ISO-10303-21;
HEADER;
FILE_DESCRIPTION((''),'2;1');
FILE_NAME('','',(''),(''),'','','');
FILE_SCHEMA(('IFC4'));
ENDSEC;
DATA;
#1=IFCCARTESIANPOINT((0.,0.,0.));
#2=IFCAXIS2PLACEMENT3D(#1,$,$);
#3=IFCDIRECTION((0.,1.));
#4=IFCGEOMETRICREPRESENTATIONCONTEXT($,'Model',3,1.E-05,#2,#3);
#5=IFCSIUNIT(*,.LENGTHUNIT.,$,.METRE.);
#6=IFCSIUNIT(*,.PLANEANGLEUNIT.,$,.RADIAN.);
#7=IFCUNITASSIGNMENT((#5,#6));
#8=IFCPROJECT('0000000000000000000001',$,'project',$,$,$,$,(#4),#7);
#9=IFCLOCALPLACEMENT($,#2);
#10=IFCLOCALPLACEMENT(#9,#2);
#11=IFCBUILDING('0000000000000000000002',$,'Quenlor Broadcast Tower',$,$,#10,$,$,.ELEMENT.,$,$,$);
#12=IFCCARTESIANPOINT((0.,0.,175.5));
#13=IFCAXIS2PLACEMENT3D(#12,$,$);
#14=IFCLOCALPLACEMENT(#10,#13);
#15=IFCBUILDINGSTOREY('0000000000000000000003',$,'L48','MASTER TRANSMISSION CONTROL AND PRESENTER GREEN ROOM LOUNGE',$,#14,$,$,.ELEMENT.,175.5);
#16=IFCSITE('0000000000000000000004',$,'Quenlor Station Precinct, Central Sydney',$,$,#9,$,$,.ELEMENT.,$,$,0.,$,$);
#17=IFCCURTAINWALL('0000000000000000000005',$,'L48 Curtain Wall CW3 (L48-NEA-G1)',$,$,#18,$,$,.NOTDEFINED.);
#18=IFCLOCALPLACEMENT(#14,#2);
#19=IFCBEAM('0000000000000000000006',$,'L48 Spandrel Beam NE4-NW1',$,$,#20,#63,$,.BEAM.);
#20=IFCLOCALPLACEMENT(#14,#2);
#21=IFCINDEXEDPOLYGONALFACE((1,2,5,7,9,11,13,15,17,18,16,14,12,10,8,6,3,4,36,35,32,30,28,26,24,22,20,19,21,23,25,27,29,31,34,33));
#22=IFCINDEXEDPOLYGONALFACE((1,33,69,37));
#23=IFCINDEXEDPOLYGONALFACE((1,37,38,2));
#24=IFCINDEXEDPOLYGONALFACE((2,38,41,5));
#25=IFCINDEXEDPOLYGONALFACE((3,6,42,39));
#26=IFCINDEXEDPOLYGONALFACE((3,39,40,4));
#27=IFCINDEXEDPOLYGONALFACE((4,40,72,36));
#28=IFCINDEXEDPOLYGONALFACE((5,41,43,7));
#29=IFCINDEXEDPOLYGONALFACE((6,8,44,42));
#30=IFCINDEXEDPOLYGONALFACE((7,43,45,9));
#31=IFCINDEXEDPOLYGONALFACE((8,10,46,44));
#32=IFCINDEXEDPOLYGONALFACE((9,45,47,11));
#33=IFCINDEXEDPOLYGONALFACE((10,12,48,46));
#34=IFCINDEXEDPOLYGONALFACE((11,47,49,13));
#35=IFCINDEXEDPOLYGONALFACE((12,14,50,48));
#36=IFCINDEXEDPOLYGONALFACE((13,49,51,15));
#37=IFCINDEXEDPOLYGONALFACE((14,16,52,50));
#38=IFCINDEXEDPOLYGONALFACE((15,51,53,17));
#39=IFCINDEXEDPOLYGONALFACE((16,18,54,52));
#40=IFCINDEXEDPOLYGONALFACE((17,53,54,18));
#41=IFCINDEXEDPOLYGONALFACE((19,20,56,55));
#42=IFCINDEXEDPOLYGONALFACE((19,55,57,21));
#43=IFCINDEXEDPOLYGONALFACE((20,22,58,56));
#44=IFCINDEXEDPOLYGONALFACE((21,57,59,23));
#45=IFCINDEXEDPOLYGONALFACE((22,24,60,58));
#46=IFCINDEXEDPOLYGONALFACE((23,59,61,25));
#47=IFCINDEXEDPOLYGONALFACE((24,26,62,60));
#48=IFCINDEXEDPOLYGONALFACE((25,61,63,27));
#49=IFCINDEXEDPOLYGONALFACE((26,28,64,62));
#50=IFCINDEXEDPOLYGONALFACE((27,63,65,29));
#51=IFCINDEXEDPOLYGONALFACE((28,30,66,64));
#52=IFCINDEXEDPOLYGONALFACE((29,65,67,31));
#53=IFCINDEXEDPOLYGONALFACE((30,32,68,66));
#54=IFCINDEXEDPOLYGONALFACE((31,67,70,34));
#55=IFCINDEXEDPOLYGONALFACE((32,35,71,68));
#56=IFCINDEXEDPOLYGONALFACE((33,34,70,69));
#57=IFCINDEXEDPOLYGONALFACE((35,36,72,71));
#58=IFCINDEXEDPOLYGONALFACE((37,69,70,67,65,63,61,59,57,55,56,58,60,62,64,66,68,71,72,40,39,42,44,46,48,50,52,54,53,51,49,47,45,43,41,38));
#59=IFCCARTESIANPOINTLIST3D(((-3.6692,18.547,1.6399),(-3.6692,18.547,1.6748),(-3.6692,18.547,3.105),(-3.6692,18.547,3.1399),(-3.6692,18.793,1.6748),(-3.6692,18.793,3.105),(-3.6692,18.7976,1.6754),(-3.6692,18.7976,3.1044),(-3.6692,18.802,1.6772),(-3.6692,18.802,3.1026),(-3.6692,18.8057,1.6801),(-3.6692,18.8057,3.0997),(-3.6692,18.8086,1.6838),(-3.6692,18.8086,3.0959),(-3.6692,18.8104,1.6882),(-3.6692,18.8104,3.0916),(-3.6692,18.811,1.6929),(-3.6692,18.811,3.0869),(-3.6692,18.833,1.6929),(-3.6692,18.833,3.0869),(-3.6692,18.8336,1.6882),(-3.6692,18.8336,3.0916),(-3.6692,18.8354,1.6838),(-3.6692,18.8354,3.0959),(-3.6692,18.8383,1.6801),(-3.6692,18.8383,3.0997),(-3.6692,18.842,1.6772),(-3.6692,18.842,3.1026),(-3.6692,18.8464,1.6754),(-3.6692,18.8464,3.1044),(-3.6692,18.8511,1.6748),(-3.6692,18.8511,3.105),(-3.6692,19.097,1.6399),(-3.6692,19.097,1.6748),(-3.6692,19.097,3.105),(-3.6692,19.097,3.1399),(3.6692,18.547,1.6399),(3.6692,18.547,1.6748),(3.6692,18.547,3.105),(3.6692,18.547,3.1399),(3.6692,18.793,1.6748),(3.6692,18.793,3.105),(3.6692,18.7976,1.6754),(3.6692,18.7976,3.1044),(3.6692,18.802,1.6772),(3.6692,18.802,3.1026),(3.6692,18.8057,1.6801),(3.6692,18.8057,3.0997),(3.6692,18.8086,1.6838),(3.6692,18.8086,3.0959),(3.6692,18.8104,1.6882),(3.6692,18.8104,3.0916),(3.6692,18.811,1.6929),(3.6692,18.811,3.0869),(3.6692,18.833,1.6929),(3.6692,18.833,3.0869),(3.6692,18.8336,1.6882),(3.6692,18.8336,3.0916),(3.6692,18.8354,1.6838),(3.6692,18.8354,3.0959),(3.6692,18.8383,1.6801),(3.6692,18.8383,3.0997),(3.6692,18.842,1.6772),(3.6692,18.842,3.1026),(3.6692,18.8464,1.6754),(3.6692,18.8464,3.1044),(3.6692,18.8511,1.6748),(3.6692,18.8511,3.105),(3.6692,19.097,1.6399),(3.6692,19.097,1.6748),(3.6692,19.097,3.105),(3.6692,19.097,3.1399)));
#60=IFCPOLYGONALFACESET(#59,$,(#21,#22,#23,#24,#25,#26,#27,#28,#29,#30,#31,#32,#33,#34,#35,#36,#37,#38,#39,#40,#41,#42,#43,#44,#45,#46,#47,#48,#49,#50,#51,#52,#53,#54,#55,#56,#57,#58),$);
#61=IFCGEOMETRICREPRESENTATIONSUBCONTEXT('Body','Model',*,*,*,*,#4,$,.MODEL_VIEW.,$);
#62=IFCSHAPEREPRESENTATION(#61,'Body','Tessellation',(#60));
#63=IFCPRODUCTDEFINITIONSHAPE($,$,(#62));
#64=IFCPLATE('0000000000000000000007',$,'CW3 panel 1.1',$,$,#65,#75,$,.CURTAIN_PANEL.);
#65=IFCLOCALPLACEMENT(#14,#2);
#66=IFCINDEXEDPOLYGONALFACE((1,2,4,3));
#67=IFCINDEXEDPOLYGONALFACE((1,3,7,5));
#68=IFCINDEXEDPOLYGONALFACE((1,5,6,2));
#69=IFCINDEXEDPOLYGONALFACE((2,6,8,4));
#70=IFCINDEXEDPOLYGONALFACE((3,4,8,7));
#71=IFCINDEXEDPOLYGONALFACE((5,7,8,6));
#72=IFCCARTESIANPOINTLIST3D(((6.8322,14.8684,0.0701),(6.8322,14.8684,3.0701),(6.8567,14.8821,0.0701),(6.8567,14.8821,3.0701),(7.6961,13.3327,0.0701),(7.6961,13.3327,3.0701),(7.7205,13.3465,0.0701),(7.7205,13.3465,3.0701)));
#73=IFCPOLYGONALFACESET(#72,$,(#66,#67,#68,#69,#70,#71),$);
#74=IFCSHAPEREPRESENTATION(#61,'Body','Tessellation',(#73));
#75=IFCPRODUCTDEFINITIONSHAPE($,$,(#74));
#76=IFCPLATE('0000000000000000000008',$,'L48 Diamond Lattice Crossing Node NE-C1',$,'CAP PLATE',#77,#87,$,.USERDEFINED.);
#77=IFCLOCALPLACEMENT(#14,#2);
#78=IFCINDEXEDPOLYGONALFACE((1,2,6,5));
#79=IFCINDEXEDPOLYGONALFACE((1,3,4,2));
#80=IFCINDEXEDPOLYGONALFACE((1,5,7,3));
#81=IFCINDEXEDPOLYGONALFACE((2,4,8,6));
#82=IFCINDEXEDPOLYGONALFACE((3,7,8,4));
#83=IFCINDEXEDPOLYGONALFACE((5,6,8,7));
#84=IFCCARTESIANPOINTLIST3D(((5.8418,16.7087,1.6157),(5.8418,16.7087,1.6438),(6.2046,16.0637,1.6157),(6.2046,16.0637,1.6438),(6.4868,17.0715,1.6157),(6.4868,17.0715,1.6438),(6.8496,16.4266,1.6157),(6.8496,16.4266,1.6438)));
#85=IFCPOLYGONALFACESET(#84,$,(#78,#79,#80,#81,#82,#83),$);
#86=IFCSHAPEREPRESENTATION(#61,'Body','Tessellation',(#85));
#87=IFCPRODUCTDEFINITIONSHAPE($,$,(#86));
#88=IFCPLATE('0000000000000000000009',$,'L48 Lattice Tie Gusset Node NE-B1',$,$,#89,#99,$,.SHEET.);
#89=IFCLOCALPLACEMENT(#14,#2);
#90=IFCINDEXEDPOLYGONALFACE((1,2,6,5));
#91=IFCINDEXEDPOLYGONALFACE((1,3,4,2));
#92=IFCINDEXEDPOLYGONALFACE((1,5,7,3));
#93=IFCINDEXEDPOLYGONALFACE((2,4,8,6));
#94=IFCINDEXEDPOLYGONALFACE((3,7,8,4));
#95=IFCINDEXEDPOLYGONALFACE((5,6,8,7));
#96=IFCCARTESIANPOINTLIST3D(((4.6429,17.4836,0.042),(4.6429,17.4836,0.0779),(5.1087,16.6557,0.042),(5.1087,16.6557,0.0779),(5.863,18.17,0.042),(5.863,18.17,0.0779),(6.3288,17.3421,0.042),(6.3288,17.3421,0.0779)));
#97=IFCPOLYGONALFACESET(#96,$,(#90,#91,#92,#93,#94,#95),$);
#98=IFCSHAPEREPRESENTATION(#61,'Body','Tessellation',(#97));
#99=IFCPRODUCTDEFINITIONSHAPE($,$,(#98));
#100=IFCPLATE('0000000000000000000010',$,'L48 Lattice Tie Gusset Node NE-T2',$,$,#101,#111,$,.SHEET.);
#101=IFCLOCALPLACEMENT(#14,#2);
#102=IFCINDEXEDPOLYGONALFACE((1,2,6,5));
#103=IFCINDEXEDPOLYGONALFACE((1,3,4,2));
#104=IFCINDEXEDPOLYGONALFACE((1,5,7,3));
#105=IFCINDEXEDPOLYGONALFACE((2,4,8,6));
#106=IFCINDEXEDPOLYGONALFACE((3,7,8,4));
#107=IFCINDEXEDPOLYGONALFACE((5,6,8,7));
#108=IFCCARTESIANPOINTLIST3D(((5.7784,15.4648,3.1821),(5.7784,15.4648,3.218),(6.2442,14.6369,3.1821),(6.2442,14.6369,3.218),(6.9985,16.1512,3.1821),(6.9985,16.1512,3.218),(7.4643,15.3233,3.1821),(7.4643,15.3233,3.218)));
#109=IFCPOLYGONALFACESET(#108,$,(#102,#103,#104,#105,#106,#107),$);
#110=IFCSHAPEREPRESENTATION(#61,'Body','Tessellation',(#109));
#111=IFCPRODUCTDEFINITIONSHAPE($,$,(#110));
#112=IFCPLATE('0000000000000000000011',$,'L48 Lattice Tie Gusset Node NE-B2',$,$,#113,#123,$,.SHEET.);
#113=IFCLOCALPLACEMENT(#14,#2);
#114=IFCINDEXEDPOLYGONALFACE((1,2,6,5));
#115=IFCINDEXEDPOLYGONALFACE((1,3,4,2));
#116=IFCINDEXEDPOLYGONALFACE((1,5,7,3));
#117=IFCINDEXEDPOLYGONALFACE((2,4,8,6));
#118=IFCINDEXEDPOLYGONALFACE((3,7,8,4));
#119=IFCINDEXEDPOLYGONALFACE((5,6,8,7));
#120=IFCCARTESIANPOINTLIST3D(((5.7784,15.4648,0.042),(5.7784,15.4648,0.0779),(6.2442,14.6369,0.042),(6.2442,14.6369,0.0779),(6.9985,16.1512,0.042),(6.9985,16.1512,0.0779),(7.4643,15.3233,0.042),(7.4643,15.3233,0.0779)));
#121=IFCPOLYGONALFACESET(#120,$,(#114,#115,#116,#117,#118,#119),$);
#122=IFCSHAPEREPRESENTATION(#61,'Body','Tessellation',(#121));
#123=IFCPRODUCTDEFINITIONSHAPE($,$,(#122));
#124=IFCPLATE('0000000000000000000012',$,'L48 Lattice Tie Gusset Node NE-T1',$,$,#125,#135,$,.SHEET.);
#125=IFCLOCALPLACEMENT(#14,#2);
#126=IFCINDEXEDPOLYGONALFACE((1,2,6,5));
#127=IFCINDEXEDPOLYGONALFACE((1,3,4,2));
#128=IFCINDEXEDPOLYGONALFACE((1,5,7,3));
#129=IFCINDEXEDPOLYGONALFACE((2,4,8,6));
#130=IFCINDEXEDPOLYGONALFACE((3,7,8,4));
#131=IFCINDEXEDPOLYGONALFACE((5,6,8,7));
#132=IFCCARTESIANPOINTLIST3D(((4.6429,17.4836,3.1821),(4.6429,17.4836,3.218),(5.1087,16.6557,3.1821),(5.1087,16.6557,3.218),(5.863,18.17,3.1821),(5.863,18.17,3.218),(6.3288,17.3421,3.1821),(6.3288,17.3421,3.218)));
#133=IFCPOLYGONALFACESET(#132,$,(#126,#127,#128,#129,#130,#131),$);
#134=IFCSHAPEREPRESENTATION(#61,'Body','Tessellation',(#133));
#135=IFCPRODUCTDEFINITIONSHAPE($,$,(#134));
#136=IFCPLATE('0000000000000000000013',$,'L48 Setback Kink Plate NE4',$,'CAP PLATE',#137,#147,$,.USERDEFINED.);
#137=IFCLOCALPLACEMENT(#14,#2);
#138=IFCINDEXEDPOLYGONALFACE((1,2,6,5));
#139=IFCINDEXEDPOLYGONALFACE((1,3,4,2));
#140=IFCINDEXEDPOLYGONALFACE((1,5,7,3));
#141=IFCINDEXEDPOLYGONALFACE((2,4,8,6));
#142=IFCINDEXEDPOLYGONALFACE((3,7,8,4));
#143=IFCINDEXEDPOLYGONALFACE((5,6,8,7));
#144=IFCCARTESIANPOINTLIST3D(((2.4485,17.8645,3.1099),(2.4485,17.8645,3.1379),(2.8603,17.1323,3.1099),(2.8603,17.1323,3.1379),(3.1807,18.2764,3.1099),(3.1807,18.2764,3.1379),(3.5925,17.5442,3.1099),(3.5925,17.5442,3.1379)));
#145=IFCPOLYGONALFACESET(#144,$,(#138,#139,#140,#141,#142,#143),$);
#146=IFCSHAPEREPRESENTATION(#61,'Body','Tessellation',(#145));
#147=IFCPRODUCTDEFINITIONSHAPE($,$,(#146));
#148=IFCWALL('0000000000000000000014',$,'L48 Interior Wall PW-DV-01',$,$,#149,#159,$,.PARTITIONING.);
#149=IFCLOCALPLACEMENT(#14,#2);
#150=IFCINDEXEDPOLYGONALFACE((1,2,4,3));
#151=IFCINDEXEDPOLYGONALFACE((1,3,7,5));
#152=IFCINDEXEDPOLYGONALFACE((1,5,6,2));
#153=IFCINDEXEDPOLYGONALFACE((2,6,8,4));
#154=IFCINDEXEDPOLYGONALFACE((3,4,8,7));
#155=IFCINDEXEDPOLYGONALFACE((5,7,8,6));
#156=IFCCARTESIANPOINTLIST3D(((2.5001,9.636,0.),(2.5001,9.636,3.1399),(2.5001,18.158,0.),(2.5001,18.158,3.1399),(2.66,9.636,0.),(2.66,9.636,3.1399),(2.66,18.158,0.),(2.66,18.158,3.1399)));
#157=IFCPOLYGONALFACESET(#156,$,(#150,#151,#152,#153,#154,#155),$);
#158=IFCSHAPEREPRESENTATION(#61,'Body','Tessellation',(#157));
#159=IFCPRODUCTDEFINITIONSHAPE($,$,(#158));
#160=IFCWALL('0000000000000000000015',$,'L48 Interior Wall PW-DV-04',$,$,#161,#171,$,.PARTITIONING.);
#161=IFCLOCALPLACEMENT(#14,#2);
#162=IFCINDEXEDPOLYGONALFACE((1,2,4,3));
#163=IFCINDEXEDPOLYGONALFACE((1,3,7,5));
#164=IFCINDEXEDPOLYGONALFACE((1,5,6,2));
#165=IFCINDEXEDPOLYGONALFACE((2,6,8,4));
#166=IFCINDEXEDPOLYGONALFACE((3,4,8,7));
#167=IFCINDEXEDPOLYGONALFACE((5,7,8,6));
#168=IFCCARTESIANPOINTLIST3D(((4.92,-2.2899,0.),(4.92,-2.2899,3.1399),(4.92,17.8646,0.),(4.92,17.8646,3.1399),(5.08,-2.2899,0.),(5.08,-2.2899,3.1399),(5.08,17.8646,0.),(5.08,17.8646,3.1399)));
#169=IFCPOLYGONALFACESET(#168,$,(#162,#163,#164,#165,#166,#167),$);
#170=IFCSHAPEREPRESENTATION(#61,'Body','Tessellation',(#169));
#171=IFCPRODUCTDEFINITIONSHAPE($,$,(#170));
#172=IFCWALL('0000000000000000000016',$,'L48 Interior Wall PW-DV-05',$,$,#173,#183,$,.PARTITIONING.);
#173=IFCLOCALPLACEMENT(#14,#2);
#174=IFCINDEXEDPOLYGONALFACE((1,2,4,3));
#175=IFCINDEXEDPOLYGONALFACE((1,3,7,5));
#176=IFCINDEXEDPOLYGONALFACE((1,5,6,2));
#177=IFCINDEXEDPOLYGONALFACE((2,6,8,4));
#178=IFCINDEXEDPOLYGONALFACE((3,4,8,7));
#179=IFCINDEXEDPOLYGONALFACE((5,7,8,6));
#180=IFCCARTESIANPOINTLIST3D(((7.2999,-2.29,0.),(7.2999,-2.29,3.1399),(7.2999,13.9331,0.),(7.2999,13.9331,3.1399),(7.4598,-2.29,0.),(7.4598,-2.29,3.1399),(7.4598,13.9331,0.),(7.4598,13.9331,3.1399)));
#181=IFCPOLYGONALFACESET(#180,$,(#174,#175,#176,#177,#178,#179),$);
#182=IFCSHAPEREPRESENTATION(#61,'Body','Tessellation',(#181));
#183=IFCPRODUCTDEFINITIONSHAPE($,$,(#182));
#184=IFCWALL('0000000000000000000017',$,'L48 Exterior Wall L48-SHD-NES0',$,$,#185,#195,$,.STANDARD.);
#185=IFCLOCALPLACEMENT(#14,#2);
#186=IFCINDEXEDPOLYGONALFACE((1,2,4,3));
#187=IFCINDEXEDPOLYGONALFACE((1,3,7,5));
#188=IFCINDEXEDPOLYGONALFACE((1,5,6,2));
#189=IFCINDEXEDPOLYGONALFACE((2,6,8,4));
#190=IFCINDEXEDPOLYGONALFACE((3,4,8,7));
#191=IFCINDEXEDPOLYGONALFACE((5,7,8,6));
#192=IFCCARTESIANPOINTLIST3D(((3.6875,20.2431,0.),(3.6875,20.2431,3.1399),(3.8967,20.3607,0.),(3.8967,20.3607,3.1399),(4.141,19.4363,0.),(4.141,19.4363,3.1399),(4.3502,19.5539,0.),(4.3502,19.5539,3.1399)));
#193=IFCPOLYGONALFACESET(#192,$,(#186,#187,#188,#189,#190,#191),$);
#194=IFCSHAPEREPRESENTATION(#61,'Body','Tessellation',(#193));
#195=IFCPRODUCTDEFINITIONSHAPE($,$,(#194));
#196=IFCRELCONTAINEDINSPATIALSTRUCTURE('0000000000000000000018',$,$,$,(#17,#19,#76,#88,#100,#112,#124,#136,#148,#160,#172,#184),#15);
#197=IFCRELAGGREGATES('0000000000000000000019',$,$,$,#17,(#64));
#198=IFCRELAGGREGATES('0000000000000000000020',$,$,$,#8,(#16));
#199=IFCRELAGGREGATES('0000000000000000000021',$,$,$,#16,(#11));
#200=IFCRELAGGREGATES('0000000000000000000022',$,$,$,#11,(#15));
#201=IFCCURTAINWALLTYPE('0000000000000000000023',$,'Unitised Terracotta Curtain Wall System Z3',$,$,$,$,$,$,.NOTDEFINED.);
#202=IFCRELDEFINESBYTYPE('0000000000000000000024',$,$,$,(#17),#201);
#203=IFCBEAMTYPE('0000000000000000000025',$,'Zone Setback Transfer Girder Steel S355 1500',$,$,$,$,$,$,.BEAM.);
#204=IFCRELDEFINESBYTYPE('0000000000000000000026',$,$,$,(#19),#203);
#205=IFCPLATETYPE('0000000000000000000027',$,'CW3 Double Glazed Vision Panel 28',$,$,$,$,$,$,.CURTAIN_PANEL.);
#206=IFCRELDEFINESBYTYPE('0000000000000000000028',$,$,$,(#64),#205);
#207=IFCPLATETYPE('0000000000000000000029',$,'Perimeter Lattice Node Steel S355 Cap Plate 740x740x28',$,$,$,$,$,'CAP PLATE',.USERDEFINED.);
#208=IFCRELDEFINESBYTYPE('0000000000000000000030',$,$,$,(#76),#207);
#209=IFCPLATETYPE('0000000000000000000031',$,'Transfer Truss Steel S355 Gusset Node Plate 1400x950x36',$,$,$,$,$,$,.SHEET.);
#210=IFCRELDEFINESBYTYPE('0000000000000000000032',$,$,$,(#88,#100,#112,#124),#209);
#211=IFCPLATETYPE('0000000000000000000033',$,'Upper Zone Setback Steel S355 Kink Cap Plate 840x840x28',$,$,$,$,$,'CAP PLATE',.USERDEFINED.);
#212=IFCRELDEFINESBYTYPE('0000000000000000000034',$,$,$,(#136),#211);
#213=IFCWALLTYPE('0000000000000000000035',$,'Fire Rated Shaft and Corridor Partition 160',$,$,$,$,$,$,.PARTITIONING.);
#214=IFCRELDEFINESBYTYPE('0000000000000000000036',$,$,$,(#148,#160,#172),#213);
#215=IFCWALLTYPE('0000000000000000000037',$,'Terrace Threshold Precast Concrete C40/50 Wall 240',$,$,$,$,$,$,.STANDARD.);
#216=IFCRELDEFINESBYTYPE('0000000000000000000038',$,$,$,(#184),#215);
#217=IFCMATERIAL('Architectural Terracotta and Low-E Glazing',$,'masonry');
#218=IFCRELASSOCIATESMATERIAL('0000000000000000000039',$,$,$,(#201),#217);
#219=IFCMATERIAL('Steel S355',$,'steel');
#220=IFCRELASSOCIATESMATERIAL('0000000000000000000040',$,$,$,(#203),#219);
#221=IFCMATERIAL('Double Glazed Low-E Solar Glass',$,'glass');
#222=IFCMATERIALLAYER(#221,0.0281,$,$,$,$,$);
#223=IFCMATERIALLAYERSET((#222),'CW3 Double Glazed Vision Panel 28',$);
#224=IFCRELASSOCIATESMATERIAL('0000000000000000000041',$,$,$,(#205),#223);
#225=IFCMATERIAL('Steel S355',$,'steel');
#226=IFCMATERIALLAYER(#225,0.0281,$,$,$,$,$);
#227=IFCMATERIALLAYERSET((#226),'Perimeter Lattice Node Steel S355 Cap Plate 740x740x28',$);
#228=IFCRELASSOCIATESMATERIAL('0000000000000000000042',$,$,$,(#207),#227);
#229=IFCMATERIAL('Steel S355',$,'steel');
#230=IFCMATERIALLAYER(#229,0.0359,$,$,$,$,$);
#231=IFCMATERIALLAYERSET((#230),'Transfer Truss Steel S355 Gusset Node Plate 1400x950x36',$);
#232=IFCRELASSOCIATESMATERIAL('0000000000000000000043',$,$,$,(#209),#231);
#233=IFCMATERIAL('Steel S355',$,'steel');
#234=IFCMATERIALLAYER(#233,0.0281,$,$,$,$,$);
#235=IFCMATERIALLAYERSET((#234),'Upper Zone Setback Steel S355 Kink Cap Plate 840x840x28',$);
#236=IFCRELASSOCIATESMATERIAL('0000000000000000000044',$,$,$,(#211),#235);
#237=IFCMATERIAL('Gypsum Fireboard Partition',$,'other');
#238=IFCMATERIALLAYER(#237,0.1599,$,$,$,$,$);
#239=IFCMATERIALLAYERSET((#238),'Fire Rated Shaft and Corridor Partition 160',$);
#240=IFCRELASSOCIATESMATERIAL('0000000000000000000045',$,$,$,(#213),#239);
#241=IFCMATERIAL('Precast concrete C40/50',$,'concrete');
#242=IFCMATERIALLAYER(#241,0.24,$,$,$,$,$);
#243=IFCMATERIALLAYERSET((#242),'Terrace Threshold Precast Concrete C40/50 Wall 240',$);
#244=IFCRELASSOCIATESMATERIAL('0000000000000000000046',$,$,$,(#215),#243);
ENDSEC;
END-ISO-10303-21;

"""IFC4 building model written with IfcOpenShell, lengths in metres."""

from ifc_helpers import new_model, si_unit, direction, frame, frame_2d, origin, origin_2d, place, context, subcontext, project, spatial, rectangle, i_section, extrude, material, layer, layer_set, material_profile, profile_set, type_object, element, aggregate, save


model = new_model("IFC4")

# Units and contexts
model_context = context("Model", 3, precision=1e-05, world=origin(), true_north=direction((0.0, 1.0)))
body_context = subcontext(model_context, "Body", "Model", "MODEL_VIEW")
ifc_project = project(units=[si_unit("LENGTHUNIT", "METRE"), si_unit("PLANEANGLEUNIT", "RADIAN")], contexts=[model_context])

# Site, building, storey
site_placement = place(None, origin())
site = spatial("IfcSite", under=ifc_project, at=site_placement, Name="Quenlor Station Precinct, Central Sydney", CompositionType="ELEMENT", RefElevation=0.0)
building_placement = place(site_placement, origin())
building = spatial("IfcBuilding", under=site, at=building_placement, Name="Quenlor Broadcast Tower", CompositionType="ELEMENT")
storey_placement = place(building_placement, frame((0.0, 0.0, 175.5)))
storey = spatial("IfcBuildingStorey", under=building, at=storey_placement, Name="L48", Description="MASTER TRANSMISSION CONTROL AND PRESENTER GREEN ROOM LOUNGE", CompositionType="ELEMENT", Elevation=175.5)

# Curtain wall
ifc_material_1 = material(Name="Architectural Terracotta and Low-E Glazing", Category="masonry")
curtain_wall_type = type_object("IfcCurtainWallType", Name="Unitised Terracotta Curtain Wall System Z3", PredefinedType="NOTDEFINED", material=ifc_material_1)
curtain_wall_placement = place(storey_placement, origin())
curtain_wall = element("IfcCurtainWall", 1, at=curtain_wall_placement, inside=storey, type_object=curtain_wall_type, Name="L48 Curtain Wall CW3 (L48-NEA-G1)", PredefinedType="NOTDEFINED")

# Beam
ifc_material_2 = material(Name="Steel S355", Category="steel")
ifc_material_profile_1 = material_profile(ifc_material_2, i_section(OverallWidth=0.55, OverallDepth=1.5, WebThickness=0.022, FlangeThickness=0.0349, FilletRadius=0.0181, at=origin_2d()))
ifc_profile_set_1 = profile_set([ifc_material_profile_1], Name="Steel S355 1500TG510")
beam_type_1 = type_object("IfcBeamType", Name="Zone Setback Transfer Girder Steel S355 1500", PredefinedType="BEAM", material=ifc_profile_set_1)
beam_1_placement = place(storey_placement, frame((3.6692, 18.822, 2.3899), z_axis=(-1.0, 0.0, 0.0), x_axis=(0.0, -1.0, 0.0)))
element("IfcBeam", 2, at=beam_1_placement, inside=storey, type_object=beam_type_1, Name="L48 Spandrel Beam NE4-NW1", PredefinedType="BEAM", context=body_context, shape_type="SweptSolid", body=[
    extrude(i_section(OverallWidth=0.55, OverallDepth=1.5, WebThickness=0.022, FlangeThickness=0.0349, FilletRadius=0.0181, at=origin_2d()), origin(), (0.0, 0.0, 1.0), 7.3384),
])

# Plate
ifc_material_3 = material(Name="Double Glazed Low-E Solar Glass", Category="glass")
ifc_layer_1 = layer(ifc_material_3, 0.0281)
ifc_layer_set_1 = layer_set([ifc_layer_1], Name="CW3 Double Glazed Vision Panel 28")
plate_type_1 = type_object("IfcPlateType", Name="CW3 Double Glazed Vision Panel 28", PredefinedType="CURTAIN_PANEL", material=ifc_layer_set_1)
plate_1_placement = place(storey_placement, frame((7.2764, 14.1074, 0.0701), z_axis=(0.0, 0.0, 1.0), x_axis=(0.49027, -0.871571, 0.0)))
plate_1 = element("IfcPlate", 3, at=plate_1_placement, type_object=plate_type_1, Name="CW3 panel 1.1", PredefinedType="CURTAIN_PANEL", context=body_context, shape_type="SweptSolid", body=[
    extrude(rectangle(XDim=1.762, YDim=0.0281, at=origin_2d()), origin(), (0.0, 0.0, 1.0), 3.0),
])
aggregate(curtain_wall, [plate_1])

# Plates
ifc_material_4 = material(Name="Steel S355", Category="steel")
ifc_layer_2 = layer(ifc_material_4, 0.0281)
ifc_layer_set_2 = layer_set([ifc_layer_2], Name="Perimeter Lattice Node Steel S355 Cap Plate 740x740x28")
plate_type_2 = type_object("IfcPlateType", Name="Perimeter Lattice Node Steel S355 Cap Plate 740x740x28", ElementType="CAP PLATE", PredefinedType="USERDEFINED", material=ifc_layer_set_2)
plate_2_placement = place(storey_placement, frame((6.3457, 16.5676, 1.6157), z_axis=(0.0, 0.0, 1.0), x_axis=(0.490295, -0.871556, 0.0)))
element("IfcPlate", 4, at=plate_2_placement, inside=storey, type_object=plate_type_2, Name="L48 Diamond Lattice Crossing Node NE-C1", ObjectType="CAP PLATE", PredefinedType="USERDEFINED", context=body_context, shape_type="SweptSolid", body=[
    extrude(rectangle(XDim=0.74, YDim=0.74, at=origin_2d()), origin(), (0.0, 0.0, 1.0), 0.0281),
])
ifc_material_5 = material(Name="Steel S355", Category="steel")
ifc_layer_3 = layer(ifc_material_5, 0.0359)
ifc_layer_set_3 = layer_set([ifc_layer_3], Name="Transfer Truss Steel S355 Gusset Node Plate 1400x950x36")
plate_type_3 = type_object("IfcPlateType", Name="Transfer Truss Steel S355 Gusset Node Plate 1400x950x36", PredefinedType="SHEET", material=ifc_layer_set_3)
for number, where, z_axis, x_axis, name in (
    (5, (5.4858, 17.4128, 0.042), (0.0, 0.0, 1.0), (0.871556, 0.490295, 0.0), "L48 Lattice Tie Gusset Node NE-B1"),
    (6, (6.6213, 15.394, 3.1821), (0.0, 0.0, 1.0), (0.871556, 0.490295, 0.0), "L48 Lattice Tie Gusset Node NE-T2"),
    (7, (6.6213, 15.394, 0.042), (0.0, 0.0, 1.0), (0.871556, 0.490295, 0.0), "L48 Lattice Tie Gusset Node NE-B2"),
    (8, (5.4858, 17.4128, 3.1821), (0.0, 0.0, 1.0), (0.871556, 0.490295, 0.0), "L48 Lattice Tie Gusset Node NE-T1"),
):
    element("IfcPlate", number, at=place(storey_placement, frame(where, z_axis=z_axis, x_axis=x_axis)), inside=storey, type_object=plate_type_3, Name=name, PredefinedType="SHEET", context=body_context, shape_type="SweptSolid", body=[
        extrude(rectangle(XDim=1.3999, YDim=0.95, at=origin_2d()), origin(), (0.0, 0.0, 1.0), 0.0359),
    ])
ifc_material_6 = material(Name="Steel S355", Category="steel")
ifc_layer_4 = layer(ifc_material_6, 0.0281)
ifc_layer_set_4 = layer_set([ifc_layer_4], Name="Upper Zone Setback Steel S355 Kink Cap Plate 840x840x28")
plate_type_4 = type_object("IfcPlateType", Name="Upper Zone Setback Steel S355 Kink Cap Plate 840x840x28", ElementType="CAP PLATE", PredefinedType="USERDEFINED", material=ifc_layer_set_4)
plate_3_placement = place(storey_placement, frame((3.0205, 17.7043, 3.1099), z_axis=(0.0, 0.0, 1.0), x_axis=(0.871575, 0.490262, 0.0)))
element("IfcPlate", 9, at=plate_3_placement, inside=storey, type_object=plate_type_4, Name="L48 Setback Kink Plate NE4", ObjectType="CAP PLATE", PredefinedType="USERDEFINED", context=body_context, shape_type="SweptSolid", body=[
    extrude(rectangle(XDim=0.8401, YDim=0.8401, at=origin_2d()), origin(), (0.0, 0.0, 1.0), 0.0281),
])

# Walls
ifc_material_7 = material(Name="Gypsum Fireboard Partition", Category="other")
ifc_layer_5 = layer(ifc_material_7, 0.1599)
ifc_layer_set_5 = layer_set([ifc_layer_5], Name="Fire Rated Shaft and Corridor Partition 160")
wall_type_1 = type_object("IfcWallType", Name="Fire Rated Shaft and Corridor Partition 160", PredefinedType="PARTITIONING", material=ifc_layer_set_5)
wall_1_placement = place(storey_placement, frame((2.5801, 18.158, 0.0), z_axis=(0.0, 0.0, 1.0), x_axis=(0.0, -1.0, 0.0)))
element("IfcWall", 10, at=wall_1_placement, inside=storey, type_object=wall_type_1, Name="L48 Interior Wall PW-DV-01", PredefinedType="PARTITIONING", context=body_context, shape_type="SweptSolid", body=[
    extrude(rectangle(XDim=8.522, YDim=0.1599, at=frame_2d((4.261, 0.0))), origin(), (0.0, 0.0, 1.0), 3.1399),
])
wall_2_placement = place(storey_placement, frame((5.0, 17.8645, 0.0), z_axis=(0.0, 0.0, 1.0), x_axis=(0.0, -1.0, 0.0)))
element("IfcWall", 11, at=wall_2_placement, inside=storey, type_object=wall_type_1, Name="L48 Interior Wall PW-DV-04", PredefinedType="PARTITIONING", context=body_context, shape_type="SweptSolid", body=[
    extrude(rectangle(XDim=20.1545, YDim=0.1599, at=frame_2d((10.0771, 0.0))), origin(), (0.0, 0.0, 1.0), 3.1399),
])
wall_3_placement = place(storey_placement, frame((7.3799, 13.9331, 0.0), z_axis=(0.0, 0.0, 1.0), x_axis=(0.0, -1.0, 0.0)))
element("IfcWall", 12, at=wall_3_placement, inside=storey, type_object=wall_type_1, Name="L48 Interior Wall PW-DV-05", PredefinedType="PARTITIONING", context=body_context, shape_type="SweptSolid", body=[
    extrude(rectangle(XDim=16.2231, YDim=0.1599, at=frame_2d((8.1116, 0.0))), origin(), (0.0, 0.0, 1.0), 3.1399),
])
ifc_material_8 = material(Name="Precast concrete C40/50", Category="concrete")
ifc_layer_6 = layer(ifc_material_8, 0.24)
ifc_layer_set_6 = layer_set([ifc_layer_6], Name="Terrace Threshold Precast Concrete C40/50 Wall 240")
wall_type_2 = type_object("IfcWallType", Name="Terrace Threshold Precast Concrete C40/50 Wall 240", PredefinedType="STANDARD", material=ifc_layer_set_6)
wall_4_placement = place(storey_placement, frame((3.792, 20.302, 0.0), z_axis=(0.0, 0.0, 1.0), x_axis=(0.490048, -0.871695, 0.0)))
element("IfcWall", 13, at=wall_4_placement, inside=storey, type_object=wall_type_2, Name="L48 Exterior Wall L48-SHD-NES0", PredefinedType="STANDARD", context=body_context, shape_type="SweptSolid", body=[
    extrude(rectangle(XDim=0.9255, YDim=0.24, at=frame_2d((0.4629, 0.0))), origin(), (0.0, 0.0, 1.0), 3.1399),
])

save(model, "model.ifc")
